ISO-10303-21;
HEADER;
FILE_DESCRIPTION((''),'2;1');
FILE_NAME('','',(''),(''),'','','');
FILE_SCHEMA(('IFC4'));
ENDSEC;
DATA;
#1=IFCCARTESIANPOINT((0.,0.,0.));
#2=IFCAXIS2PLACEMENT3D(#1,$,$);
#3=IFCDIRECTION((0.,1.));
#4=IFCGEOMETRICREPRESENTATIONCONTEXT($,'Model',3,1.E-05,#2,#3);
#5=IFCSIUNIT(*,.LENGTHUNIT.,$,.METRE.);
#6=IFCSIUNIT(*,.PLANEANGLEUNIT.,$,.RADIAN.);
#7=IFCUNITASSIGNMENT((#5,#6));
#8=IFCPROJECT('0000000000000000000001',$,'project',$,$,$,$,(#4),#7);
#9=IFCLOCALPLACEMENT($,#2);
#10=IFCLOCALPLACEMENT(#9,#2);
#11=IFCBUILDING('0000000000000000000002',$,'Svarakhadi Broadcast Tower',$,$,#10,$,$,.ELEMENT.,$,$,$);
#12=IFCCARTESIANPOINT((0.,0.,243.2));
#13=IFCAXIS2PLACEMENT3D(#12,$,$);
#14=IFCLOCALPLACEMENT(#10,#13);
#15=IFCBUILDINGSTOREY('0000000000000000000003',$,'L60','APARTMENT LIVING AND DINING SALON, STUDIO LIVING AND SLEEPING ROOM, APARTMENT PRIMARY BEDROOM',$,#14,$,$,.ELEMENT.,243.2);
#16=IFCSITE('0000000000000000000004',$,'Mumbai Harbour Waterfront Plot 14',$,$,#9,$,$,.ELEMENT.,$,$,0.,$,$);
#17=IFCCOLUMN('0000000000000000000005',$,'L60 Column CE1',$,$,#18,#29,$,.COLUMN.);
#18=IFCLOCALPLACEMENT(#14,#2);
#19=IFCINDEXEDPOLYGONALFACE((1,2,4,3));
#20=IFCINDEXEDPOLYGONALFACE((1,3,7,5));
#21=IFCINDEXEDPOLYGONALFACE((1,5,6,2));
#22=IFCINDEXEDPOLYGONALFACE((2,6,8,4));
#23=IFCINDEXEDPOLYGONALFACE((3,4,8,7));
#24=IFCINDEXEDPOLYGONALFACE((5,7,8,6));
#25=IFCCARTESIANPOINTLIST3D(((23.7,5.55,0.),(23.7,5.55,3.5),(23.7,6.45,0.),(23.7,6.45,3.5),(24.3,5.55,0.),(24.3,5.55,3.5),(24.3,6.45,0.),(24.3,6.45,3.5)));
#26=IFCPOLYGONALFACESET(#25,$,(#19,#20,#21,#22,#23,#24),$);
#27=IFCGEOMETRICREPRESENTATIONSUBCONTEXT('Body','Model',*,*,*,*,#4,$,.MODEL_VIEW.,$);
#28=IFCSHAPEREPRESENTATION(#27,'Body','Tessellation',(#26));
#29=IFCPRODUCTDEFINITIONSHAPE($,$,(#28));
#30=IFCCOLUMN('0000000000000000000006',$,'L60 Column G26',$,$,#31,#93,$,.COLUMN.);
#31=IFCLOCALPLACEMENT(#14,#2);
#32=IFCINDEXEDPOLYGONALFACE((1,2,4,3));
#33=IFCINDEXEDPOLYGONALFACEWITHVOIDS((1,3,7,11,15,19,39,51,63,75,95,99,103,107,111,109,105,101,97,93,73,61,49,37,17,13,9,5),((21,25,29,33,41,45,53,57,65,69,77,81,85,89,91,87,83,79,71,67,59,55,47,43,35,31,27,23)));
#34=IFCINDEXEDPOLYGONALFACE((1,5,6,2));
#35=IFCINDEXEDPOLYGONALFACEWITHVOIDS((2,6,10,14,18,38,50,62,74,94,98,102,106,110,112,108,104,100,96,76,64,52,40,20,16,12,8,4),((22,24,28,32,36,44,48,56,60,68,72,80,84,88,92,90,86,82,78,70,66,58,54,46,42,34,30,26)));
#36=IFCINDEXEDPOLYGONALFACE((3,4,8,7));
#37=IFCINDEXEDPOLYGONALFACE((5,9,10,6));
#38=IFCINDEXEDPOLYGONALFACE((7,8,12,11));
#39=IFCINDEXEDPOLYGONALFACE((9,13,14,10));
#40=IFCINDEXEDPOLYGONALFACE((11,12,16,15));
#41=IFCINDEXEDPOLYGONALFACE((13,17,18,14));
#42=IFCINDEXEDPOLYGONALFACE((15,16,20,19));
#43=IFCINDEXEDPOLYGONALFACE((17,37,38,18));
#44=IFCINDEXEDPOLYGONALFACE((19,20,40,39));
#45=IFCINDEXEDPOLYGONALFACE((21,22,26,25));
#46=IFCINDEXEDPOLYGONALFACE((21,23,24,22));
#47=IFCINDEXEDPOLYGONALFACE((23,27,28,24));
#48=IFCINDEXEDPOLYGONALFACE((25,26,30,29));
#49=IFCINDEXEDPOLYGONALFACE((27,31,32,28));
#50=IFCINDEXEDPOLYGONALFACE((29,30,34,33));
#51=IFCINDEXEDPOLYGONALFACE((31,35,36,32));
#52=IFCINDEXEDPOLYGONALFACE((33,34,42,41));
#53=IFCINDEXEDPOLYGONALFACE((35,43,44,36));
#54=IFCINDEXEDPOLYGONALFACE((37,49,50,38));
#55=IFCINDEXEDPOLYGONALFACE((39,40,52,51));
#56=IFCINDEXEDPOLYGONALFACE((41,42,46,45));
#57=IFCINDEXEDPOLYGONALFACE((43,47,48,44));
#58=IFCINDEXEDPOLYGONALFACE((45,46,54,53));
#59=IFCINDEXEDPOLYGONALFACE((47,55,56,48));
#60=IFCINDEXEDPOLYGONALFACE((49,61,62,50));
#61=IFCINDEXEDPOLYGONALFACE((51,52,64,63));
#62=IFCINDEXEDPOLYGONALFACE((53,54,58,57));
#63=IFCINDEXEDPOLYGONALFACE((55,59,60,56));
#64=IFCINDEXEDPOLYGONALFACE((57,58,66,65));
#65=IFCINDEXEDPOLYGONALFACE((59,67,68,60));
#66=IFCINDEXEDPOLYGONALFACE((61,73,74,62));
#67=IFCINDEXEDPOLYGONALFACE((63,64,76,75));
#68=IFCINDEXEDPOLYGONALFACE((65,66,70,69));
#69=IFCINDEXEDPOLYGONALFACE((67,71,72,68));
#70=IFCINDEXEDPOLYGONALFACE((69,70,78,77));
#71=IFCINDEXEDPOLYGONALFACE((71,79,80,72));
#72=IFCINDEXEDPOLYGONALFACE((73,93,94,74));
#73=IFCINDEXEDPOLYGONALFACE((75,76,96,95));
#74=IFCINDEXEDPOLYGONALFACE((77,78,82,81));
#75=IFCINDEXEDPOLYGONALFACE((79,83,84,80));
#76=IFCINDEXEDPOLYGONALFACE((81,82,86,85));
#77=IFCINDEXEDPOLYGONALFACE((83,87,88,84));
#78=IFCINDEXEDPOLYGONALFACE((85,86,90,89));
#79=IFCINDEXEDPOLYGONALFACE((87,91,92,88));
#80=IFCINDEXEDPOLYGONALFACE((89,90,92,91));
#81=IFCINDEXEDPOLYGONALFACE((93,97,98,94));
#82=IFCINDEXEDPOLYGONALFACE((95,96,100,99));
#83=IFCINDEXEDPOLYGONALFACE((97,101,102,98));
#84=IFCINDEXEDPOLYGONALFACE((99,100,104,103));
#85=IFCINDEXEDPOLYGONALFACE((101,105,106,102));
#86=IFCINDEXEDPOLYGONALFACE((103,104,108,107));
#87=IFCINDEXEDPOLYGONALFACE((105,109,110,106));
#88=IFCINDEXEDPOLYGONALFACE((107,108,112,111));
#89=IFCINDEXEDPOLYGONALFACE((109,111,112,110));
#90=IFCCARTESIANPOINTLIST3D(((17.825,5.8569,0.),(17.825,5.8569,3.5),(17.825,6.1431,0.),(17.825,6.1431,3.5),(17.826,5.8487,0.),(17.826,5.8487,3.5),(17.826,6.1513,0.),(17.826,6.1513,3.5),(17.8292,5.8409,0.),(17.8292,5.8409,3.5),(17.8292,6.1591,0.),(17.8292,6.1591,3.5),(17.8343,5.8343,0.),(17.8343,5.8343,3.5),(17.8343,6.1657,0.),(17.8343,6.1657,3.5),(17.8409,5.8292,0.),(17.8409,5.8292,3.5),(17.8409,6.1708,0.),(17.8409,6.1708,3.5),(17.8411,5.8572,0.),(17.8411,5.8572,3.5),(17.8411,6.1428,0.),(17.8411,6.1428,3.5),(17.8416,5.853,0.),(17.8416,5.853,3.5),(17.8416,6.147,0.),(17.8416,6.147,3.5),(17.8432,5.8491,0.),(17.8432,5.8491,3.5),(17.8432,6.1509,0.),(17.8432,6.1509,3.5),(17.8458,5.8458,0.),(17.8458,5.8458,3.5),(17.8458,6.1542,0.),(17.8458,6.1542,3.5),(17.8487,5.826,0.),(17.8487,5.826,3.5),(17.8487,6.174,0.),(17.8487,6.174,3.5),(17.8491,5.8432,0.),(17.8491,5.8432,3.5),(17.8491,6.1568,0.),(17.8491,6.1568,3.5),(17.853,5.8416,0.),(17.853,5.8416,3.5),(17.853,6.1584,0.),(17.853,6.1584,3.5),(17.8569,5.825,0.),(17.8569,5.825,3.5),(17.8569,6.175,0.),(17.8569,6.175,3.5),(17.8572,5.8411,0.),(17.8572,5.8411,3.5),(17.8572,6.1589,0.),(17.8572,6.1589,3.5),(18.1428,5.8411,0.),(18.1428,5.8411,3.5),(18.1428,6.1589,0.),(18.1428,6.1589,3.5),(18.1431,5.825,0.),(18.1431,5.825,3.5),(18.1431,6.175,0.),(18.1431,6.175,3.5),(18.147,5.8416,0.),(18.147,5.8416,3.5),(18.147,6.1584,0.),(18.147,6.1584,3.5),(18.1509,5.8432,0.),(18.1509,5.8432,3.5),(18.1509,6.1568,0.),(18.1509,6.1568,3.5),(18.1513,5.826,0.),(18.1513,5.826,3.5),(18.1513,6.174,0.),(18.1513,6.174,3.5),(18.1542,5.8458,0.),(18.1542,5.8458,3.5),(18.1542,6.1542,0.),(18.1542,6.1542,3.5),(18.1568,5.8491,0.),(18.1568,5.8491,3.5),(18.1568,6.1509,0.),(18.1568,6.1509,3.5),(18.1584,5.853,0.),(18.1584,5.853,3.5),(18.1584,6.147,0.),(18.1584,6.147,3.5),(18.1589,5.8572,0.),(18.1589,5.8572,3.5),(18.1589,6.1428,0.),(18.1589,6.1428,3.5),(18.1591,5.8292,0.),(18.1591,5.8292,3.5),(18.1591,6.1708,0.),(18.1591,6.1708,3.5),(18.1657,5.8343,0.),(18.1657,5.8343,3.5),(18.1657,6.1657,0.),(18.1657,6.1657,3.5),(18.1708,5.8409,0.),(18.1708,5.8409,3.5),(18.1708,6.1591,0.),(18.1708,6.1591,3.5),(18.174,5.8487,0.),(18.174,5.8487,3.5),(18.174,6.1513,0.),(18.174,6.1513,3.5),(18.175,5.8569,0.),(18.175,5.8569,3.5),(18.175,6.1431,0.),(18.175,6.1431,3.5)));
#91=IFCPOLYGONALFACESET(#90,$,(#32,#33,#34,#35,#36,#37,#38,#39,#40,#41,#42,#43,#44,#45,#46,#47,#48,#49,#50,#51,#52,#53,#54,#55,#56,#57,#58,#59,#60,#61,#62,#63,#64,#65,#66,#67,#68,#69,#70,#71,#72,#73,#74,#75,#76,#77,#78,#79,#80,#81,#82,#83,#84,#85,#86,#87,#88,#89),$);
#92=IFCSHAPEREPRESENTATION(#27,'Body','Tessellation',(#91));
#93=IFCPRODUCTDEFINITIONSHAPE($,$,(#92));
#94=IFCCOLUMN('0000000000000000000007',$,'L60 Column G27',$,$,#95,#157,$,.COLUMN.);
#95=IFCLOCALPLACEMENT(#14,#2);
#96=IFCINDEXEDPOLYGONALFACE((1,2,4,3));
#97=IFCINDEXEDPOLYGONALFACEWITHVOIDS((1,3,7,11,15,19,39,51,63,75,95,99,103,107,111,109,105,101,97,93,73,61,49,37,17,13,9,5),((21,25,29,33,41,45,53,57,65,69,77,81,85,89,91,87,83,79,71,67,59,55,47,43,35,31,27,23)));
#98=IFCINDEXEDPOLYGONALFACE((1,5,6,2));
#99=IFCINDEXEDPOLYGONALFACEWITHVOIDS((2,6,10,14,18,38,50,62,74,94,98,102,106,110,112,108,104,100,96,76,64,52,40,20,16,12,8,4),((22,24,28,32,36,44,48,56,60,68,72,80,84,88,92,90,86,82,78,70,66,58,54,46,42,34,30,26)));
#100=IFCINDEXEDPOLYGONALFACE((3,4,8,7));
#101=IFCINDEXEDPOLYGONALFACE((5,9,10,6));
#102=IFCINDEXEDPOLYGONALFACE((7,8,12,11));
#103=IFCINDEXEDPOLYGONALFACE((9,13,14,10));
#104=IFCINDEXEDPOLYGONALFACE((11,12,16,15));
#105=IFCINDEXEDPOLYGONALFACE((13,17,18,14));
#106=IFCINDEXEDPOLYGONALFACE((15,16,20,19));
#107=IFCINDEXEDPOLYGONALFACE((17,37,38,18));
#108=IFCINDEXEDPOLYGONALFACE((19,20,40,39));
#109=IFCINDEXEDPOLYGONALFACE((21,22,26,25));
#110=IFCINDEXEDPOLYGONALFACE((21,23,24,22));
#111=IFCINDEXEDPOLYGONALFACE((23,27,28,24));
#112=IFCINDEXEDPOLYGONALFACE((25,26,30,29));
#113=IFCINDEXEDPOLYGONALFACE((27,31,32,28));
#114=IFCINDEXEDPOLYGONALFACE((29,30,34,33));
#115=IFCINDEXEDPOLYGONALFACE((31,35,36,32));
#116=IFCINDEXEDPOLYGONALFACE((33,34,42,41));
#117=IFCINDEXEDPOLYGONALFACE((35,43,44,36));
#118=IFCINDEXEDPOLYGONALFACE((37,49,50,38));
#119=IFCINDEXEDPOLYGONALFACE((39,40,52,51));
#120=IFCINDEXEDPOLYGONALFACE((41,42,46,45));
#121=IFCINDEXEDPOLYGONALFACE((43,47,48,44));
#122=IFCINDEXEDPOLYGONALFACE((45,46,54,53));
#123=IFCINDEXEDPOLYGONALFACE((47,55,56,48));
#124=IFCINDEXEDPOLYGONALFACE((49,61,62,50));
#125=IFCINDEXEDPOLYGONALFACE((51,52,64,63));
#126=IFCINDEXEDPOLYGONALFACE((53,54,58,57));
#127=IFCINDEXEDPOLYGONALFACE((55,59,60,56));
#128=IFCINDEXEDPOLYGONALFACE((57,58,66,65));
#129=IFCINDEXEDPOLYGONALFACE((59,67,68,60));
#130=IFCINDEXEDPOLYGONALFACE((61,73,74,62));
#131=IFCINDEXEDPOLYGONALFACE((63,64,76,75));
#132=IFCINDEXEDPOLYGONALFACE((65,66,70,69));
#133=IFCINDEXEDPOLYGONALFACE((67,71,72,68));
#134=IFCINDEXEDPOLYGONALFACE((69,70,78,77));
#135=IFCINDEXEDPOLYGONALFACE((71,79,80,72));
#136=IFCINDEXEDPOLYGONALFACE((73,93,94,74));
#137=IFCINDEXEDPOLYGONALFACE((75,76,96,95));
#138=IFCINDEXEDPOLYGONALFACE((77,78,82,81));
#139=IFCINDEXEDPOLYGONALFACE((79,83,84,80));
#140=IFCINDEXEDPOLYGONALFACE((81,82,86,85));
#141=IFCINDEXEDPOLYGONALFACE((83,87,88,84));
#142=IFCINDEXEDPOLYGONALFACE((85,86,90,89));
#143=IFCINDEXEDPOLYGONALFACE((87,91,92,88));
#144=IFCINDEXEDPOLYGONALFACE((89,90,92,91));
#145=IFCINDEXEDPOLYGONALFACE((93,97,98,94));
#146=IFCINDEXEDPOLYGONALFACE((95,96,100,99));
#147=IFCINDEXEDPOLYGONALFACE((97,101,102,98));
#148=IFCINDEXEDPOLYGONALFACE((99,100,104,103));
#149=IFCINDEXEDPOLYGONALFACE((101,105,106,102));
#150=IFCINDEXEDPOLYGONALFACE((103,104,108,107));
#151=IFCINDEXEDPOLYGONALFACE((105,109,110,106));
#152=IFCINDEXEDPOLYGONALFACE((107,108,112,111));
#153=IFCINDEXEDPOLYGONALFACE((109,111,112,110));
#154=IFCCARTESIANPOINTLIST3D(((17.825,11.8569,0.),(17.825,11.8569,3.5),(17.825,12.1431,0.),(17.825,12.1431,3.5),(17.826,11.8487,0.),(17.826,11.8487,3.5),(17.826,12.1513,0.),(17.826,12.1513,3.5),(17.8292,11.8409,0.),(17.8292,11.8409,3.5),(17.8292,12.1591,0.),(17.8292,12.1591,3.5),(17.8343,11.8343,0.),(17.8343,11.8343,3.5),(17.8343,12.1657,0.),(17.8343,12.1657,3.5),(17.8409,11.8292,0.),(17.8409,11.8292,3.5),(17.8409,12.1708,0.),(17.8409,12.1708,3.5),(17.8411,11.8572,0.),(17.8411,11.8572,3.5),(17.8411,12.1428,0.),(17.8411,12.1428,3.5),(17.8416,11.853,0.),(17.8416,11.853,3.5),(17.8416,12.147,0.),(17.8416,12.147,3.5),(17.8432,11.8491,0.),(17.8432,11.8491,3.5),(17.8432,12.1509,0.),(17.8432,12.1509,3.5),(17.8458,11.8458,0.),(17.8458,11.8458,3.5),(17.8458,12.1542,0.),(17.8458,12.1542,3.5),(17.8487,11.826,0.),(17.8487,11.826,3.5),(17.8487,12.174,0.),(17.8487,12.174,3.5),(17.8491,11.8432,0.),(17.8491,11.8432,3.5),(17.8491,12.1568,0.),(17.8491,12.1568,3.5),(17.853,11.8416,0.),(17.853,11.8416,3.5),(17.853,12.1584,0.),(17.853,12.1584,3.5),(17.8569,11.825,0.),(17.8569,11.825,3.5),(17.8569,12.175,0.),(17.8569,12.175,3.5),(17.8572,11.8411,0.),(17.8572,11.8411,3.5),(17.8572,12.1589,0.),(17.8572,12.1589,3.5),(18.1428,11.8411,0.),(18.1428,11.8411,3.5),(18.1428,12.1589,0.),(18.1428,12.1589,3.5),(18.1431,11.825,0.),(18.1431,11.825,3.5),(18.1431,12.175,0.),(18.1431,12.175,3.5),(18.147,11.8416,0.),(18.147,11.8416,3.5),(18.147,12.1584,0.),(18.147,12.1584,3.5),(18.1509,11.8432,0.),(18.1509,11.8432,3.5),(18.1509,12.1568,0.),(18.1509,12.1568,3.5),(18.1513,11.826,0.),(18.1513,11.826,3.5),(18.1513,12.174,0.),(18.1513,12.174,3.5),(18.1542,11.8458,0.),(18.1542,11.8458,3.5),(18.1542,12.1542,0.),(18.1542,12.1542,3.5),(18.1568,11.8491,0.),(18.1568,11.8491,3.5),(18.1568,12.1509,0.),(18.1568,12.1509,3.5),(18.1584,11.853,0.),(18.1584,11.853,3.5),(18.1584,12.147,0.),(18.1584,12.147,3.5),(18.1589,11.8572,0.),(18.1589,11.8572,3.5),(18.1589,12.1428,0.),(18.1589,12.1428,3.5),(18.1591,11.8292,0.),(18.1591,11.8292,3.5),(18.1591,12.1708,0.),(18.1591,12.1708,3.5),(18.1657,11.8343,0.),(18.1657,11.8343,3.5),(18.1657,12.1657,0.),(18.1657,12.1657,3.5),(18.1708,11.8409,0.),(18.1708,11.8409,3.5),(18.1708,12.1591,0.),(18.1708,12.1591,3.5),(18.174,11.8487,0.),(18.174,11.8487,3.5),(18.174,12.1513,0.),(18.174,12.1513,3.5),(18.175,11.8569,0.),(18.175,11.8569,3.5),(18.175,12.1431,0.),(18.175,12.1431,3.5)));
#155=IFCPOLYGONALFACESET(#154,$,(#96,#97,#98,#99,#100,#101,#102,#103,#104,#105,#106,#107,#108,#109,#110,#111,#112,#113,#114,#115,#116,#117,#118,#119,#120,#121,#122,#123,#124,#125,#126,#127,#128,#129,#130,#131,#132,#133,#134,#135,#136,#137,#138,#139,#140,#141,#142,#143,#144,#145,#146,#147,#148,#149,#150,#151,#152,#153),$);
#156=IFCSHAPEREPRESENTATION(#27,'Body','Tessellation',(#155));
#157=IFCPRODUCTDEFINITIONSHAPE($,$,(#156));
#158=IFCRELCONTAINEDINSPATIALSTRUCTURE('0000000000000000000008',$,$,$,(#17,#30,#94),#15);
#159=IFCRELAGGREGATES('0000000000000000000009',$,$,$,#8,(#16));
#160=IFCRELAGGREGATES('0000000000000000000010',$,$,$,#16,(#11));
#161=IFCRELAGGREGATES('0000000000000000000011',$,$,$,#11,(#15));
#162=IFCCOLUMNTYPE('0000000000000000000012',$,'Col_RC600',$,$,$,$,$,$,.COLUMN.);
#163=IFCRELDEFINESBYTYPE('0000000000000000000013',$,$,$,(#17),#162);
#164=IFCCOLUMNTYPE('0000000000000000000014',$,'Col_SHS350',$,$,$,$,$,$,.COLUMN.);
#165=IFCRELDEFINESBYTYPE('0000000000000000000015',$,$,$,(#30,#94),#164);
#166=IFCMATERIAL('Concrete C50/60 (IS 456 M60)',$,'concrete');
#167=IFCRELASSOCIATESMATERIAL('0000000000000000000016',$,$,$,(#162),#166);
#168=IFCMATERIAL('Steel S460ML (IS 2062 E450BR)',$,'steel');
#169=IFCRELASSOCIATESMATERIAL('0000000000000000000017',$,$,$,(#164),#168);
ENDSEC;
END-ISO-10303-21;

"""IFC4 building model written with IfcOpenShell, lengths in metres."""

from ifc_helpers import new_model, si_unit, direction, frame, origin, origin_2d, place, context, subcontext, project, spatial, rectangle, hollow_rectangle, extrude, material, material_profile, profile_set, type_object, element, save


model = new_model("IFC4")

# Units and contexts
model_context = context("Model", 3, precision=1e-05, world=origin(), true_north=direction((0.0, 1.0)))
body_context = subcontext(model_context, "Body", "Model", "MODEL_VIEW")
ifc_project = project(units=[si_unit("LENGTHUNIT", "METRE"), si_unit("PLANEANGLEUNIT", "RADIAN")], contexts=[model_context])

# Site, building, storey
site_placement = place(None, origin())
site = spatial("IfcSite", under=ifc_project, at=site_placement, Name="Mumbai Harbour Waterfront Plot 14", CompositionType="ELEMENT", RefElevation=0.0)
building_placement = place(site_placement, origin())
building = spatial("IfcBuilding", under=site, at=building_placement, Name="Svarakhadi Broadcast Tower", CompositionType="ELEMENT")
storey_placement = place(building_placement, frame((0.0, 0.0, 243.2)))
storey = spatial("IfcBuildingStorey", under=building, at=storey_placement, Name="L60", Description="APARTMENT LIVING AND DINING SALON, STUDIO LIVING AND SLEEPING ROOM, APARTMENT PRIMARY BEDROOM", CompositionType="ELEMENT", Elevation=243.2)

# Columns
ifc_material_1 = material(Name="Concrete C50/60 (IS 456 M60)", Category="concrete")
ifc_material_profile_1 = material_profile(ifc_material_1, rectangle(XDim=0.6001, YDim=0.8999, at=origin_2d()), Name="RC 600x900")
ifc_profile_set_1 = profile_set([ifc_material_profile_1], Name="Concrete C50/60 (IS 456 M60)")
column_type_1 = type_object("IfcColumnType", Name="Col_RC600", PredefinedType="COLUMN", material=ifc_profile_set_1)
column_placement = place(storey_placement, frame((24.0, 6.0, 0.0), z_axis=(0.0, 0.0, 1.0), x_axis=(1.0, 0.0, 0.0)))
element("IfcColumn", 1, at=column_placement, inside=storey, type_object=column_type_1, Name="L60 Column CE1", PredefinedType="COLUMN", context=body_context, shape_type="SweptSolid", body=[
    extrude(rectangle(XDim=0.6001, YDim=0.8999, at=origin_2d()), origin(), (0.0, 0.0, 1.0), 3.5),
])
ifc_material_2 = material(Name="Steel S460ML (IS 2062 E450BR)", Category="steel")
ifc_material_profile_2 = material_profile(ifc_material_2, hollow_rectangle(XDim=0.3501, YDim=0.3501, WallThickness=0.0161, InnerFilletRadius=0.0161, OuterFilletRadius=0.032, at=origin_2d()), Name="SHS 350x350x16")
ifc_profile_set_2 = profile_set([ifc_material_profile_2], Name="Steel S460ML (IS 2062 E450BR)")
column_type_2 = type_object("IfcColumnType", Name="Col_SHS350", PredefinedType="COLUMN", material=ifc_profile_set_2)
for number, where, z_axis, x_axis, name in (
    (2, (18.0, 6.0, 0.0), (0.0, 0.0, 1.0), (1.0, 0.0, 0.0), "L60 Column G26"),
    (3, (18.0, 12.0, 0.0), (0.0, 0.0, 1.0), (1.0, 0.0, 0.0), "L60 Column G27"),
):
    element("IfcColumn", number, at=place(storey_placement, frame(where, z_axis=z_axis, x_axis=x_axis)), inside=storey, type_object=column_type_2, Name=name, PredefinedType="COLUMN", context=body_context, shape_type="SweptSolid", body=[
        extrude(hollow_rectangle(XDim=0.3501, YDim=0.3501, WallThickness=0.0161, InnerFilletRadius=0.0161, OuterFilletRadius=0.032, at=origin_2d()), origin(), (0.0, 0.0, 1.0), 3.5),
    ])

save(model, "model.ifc")
